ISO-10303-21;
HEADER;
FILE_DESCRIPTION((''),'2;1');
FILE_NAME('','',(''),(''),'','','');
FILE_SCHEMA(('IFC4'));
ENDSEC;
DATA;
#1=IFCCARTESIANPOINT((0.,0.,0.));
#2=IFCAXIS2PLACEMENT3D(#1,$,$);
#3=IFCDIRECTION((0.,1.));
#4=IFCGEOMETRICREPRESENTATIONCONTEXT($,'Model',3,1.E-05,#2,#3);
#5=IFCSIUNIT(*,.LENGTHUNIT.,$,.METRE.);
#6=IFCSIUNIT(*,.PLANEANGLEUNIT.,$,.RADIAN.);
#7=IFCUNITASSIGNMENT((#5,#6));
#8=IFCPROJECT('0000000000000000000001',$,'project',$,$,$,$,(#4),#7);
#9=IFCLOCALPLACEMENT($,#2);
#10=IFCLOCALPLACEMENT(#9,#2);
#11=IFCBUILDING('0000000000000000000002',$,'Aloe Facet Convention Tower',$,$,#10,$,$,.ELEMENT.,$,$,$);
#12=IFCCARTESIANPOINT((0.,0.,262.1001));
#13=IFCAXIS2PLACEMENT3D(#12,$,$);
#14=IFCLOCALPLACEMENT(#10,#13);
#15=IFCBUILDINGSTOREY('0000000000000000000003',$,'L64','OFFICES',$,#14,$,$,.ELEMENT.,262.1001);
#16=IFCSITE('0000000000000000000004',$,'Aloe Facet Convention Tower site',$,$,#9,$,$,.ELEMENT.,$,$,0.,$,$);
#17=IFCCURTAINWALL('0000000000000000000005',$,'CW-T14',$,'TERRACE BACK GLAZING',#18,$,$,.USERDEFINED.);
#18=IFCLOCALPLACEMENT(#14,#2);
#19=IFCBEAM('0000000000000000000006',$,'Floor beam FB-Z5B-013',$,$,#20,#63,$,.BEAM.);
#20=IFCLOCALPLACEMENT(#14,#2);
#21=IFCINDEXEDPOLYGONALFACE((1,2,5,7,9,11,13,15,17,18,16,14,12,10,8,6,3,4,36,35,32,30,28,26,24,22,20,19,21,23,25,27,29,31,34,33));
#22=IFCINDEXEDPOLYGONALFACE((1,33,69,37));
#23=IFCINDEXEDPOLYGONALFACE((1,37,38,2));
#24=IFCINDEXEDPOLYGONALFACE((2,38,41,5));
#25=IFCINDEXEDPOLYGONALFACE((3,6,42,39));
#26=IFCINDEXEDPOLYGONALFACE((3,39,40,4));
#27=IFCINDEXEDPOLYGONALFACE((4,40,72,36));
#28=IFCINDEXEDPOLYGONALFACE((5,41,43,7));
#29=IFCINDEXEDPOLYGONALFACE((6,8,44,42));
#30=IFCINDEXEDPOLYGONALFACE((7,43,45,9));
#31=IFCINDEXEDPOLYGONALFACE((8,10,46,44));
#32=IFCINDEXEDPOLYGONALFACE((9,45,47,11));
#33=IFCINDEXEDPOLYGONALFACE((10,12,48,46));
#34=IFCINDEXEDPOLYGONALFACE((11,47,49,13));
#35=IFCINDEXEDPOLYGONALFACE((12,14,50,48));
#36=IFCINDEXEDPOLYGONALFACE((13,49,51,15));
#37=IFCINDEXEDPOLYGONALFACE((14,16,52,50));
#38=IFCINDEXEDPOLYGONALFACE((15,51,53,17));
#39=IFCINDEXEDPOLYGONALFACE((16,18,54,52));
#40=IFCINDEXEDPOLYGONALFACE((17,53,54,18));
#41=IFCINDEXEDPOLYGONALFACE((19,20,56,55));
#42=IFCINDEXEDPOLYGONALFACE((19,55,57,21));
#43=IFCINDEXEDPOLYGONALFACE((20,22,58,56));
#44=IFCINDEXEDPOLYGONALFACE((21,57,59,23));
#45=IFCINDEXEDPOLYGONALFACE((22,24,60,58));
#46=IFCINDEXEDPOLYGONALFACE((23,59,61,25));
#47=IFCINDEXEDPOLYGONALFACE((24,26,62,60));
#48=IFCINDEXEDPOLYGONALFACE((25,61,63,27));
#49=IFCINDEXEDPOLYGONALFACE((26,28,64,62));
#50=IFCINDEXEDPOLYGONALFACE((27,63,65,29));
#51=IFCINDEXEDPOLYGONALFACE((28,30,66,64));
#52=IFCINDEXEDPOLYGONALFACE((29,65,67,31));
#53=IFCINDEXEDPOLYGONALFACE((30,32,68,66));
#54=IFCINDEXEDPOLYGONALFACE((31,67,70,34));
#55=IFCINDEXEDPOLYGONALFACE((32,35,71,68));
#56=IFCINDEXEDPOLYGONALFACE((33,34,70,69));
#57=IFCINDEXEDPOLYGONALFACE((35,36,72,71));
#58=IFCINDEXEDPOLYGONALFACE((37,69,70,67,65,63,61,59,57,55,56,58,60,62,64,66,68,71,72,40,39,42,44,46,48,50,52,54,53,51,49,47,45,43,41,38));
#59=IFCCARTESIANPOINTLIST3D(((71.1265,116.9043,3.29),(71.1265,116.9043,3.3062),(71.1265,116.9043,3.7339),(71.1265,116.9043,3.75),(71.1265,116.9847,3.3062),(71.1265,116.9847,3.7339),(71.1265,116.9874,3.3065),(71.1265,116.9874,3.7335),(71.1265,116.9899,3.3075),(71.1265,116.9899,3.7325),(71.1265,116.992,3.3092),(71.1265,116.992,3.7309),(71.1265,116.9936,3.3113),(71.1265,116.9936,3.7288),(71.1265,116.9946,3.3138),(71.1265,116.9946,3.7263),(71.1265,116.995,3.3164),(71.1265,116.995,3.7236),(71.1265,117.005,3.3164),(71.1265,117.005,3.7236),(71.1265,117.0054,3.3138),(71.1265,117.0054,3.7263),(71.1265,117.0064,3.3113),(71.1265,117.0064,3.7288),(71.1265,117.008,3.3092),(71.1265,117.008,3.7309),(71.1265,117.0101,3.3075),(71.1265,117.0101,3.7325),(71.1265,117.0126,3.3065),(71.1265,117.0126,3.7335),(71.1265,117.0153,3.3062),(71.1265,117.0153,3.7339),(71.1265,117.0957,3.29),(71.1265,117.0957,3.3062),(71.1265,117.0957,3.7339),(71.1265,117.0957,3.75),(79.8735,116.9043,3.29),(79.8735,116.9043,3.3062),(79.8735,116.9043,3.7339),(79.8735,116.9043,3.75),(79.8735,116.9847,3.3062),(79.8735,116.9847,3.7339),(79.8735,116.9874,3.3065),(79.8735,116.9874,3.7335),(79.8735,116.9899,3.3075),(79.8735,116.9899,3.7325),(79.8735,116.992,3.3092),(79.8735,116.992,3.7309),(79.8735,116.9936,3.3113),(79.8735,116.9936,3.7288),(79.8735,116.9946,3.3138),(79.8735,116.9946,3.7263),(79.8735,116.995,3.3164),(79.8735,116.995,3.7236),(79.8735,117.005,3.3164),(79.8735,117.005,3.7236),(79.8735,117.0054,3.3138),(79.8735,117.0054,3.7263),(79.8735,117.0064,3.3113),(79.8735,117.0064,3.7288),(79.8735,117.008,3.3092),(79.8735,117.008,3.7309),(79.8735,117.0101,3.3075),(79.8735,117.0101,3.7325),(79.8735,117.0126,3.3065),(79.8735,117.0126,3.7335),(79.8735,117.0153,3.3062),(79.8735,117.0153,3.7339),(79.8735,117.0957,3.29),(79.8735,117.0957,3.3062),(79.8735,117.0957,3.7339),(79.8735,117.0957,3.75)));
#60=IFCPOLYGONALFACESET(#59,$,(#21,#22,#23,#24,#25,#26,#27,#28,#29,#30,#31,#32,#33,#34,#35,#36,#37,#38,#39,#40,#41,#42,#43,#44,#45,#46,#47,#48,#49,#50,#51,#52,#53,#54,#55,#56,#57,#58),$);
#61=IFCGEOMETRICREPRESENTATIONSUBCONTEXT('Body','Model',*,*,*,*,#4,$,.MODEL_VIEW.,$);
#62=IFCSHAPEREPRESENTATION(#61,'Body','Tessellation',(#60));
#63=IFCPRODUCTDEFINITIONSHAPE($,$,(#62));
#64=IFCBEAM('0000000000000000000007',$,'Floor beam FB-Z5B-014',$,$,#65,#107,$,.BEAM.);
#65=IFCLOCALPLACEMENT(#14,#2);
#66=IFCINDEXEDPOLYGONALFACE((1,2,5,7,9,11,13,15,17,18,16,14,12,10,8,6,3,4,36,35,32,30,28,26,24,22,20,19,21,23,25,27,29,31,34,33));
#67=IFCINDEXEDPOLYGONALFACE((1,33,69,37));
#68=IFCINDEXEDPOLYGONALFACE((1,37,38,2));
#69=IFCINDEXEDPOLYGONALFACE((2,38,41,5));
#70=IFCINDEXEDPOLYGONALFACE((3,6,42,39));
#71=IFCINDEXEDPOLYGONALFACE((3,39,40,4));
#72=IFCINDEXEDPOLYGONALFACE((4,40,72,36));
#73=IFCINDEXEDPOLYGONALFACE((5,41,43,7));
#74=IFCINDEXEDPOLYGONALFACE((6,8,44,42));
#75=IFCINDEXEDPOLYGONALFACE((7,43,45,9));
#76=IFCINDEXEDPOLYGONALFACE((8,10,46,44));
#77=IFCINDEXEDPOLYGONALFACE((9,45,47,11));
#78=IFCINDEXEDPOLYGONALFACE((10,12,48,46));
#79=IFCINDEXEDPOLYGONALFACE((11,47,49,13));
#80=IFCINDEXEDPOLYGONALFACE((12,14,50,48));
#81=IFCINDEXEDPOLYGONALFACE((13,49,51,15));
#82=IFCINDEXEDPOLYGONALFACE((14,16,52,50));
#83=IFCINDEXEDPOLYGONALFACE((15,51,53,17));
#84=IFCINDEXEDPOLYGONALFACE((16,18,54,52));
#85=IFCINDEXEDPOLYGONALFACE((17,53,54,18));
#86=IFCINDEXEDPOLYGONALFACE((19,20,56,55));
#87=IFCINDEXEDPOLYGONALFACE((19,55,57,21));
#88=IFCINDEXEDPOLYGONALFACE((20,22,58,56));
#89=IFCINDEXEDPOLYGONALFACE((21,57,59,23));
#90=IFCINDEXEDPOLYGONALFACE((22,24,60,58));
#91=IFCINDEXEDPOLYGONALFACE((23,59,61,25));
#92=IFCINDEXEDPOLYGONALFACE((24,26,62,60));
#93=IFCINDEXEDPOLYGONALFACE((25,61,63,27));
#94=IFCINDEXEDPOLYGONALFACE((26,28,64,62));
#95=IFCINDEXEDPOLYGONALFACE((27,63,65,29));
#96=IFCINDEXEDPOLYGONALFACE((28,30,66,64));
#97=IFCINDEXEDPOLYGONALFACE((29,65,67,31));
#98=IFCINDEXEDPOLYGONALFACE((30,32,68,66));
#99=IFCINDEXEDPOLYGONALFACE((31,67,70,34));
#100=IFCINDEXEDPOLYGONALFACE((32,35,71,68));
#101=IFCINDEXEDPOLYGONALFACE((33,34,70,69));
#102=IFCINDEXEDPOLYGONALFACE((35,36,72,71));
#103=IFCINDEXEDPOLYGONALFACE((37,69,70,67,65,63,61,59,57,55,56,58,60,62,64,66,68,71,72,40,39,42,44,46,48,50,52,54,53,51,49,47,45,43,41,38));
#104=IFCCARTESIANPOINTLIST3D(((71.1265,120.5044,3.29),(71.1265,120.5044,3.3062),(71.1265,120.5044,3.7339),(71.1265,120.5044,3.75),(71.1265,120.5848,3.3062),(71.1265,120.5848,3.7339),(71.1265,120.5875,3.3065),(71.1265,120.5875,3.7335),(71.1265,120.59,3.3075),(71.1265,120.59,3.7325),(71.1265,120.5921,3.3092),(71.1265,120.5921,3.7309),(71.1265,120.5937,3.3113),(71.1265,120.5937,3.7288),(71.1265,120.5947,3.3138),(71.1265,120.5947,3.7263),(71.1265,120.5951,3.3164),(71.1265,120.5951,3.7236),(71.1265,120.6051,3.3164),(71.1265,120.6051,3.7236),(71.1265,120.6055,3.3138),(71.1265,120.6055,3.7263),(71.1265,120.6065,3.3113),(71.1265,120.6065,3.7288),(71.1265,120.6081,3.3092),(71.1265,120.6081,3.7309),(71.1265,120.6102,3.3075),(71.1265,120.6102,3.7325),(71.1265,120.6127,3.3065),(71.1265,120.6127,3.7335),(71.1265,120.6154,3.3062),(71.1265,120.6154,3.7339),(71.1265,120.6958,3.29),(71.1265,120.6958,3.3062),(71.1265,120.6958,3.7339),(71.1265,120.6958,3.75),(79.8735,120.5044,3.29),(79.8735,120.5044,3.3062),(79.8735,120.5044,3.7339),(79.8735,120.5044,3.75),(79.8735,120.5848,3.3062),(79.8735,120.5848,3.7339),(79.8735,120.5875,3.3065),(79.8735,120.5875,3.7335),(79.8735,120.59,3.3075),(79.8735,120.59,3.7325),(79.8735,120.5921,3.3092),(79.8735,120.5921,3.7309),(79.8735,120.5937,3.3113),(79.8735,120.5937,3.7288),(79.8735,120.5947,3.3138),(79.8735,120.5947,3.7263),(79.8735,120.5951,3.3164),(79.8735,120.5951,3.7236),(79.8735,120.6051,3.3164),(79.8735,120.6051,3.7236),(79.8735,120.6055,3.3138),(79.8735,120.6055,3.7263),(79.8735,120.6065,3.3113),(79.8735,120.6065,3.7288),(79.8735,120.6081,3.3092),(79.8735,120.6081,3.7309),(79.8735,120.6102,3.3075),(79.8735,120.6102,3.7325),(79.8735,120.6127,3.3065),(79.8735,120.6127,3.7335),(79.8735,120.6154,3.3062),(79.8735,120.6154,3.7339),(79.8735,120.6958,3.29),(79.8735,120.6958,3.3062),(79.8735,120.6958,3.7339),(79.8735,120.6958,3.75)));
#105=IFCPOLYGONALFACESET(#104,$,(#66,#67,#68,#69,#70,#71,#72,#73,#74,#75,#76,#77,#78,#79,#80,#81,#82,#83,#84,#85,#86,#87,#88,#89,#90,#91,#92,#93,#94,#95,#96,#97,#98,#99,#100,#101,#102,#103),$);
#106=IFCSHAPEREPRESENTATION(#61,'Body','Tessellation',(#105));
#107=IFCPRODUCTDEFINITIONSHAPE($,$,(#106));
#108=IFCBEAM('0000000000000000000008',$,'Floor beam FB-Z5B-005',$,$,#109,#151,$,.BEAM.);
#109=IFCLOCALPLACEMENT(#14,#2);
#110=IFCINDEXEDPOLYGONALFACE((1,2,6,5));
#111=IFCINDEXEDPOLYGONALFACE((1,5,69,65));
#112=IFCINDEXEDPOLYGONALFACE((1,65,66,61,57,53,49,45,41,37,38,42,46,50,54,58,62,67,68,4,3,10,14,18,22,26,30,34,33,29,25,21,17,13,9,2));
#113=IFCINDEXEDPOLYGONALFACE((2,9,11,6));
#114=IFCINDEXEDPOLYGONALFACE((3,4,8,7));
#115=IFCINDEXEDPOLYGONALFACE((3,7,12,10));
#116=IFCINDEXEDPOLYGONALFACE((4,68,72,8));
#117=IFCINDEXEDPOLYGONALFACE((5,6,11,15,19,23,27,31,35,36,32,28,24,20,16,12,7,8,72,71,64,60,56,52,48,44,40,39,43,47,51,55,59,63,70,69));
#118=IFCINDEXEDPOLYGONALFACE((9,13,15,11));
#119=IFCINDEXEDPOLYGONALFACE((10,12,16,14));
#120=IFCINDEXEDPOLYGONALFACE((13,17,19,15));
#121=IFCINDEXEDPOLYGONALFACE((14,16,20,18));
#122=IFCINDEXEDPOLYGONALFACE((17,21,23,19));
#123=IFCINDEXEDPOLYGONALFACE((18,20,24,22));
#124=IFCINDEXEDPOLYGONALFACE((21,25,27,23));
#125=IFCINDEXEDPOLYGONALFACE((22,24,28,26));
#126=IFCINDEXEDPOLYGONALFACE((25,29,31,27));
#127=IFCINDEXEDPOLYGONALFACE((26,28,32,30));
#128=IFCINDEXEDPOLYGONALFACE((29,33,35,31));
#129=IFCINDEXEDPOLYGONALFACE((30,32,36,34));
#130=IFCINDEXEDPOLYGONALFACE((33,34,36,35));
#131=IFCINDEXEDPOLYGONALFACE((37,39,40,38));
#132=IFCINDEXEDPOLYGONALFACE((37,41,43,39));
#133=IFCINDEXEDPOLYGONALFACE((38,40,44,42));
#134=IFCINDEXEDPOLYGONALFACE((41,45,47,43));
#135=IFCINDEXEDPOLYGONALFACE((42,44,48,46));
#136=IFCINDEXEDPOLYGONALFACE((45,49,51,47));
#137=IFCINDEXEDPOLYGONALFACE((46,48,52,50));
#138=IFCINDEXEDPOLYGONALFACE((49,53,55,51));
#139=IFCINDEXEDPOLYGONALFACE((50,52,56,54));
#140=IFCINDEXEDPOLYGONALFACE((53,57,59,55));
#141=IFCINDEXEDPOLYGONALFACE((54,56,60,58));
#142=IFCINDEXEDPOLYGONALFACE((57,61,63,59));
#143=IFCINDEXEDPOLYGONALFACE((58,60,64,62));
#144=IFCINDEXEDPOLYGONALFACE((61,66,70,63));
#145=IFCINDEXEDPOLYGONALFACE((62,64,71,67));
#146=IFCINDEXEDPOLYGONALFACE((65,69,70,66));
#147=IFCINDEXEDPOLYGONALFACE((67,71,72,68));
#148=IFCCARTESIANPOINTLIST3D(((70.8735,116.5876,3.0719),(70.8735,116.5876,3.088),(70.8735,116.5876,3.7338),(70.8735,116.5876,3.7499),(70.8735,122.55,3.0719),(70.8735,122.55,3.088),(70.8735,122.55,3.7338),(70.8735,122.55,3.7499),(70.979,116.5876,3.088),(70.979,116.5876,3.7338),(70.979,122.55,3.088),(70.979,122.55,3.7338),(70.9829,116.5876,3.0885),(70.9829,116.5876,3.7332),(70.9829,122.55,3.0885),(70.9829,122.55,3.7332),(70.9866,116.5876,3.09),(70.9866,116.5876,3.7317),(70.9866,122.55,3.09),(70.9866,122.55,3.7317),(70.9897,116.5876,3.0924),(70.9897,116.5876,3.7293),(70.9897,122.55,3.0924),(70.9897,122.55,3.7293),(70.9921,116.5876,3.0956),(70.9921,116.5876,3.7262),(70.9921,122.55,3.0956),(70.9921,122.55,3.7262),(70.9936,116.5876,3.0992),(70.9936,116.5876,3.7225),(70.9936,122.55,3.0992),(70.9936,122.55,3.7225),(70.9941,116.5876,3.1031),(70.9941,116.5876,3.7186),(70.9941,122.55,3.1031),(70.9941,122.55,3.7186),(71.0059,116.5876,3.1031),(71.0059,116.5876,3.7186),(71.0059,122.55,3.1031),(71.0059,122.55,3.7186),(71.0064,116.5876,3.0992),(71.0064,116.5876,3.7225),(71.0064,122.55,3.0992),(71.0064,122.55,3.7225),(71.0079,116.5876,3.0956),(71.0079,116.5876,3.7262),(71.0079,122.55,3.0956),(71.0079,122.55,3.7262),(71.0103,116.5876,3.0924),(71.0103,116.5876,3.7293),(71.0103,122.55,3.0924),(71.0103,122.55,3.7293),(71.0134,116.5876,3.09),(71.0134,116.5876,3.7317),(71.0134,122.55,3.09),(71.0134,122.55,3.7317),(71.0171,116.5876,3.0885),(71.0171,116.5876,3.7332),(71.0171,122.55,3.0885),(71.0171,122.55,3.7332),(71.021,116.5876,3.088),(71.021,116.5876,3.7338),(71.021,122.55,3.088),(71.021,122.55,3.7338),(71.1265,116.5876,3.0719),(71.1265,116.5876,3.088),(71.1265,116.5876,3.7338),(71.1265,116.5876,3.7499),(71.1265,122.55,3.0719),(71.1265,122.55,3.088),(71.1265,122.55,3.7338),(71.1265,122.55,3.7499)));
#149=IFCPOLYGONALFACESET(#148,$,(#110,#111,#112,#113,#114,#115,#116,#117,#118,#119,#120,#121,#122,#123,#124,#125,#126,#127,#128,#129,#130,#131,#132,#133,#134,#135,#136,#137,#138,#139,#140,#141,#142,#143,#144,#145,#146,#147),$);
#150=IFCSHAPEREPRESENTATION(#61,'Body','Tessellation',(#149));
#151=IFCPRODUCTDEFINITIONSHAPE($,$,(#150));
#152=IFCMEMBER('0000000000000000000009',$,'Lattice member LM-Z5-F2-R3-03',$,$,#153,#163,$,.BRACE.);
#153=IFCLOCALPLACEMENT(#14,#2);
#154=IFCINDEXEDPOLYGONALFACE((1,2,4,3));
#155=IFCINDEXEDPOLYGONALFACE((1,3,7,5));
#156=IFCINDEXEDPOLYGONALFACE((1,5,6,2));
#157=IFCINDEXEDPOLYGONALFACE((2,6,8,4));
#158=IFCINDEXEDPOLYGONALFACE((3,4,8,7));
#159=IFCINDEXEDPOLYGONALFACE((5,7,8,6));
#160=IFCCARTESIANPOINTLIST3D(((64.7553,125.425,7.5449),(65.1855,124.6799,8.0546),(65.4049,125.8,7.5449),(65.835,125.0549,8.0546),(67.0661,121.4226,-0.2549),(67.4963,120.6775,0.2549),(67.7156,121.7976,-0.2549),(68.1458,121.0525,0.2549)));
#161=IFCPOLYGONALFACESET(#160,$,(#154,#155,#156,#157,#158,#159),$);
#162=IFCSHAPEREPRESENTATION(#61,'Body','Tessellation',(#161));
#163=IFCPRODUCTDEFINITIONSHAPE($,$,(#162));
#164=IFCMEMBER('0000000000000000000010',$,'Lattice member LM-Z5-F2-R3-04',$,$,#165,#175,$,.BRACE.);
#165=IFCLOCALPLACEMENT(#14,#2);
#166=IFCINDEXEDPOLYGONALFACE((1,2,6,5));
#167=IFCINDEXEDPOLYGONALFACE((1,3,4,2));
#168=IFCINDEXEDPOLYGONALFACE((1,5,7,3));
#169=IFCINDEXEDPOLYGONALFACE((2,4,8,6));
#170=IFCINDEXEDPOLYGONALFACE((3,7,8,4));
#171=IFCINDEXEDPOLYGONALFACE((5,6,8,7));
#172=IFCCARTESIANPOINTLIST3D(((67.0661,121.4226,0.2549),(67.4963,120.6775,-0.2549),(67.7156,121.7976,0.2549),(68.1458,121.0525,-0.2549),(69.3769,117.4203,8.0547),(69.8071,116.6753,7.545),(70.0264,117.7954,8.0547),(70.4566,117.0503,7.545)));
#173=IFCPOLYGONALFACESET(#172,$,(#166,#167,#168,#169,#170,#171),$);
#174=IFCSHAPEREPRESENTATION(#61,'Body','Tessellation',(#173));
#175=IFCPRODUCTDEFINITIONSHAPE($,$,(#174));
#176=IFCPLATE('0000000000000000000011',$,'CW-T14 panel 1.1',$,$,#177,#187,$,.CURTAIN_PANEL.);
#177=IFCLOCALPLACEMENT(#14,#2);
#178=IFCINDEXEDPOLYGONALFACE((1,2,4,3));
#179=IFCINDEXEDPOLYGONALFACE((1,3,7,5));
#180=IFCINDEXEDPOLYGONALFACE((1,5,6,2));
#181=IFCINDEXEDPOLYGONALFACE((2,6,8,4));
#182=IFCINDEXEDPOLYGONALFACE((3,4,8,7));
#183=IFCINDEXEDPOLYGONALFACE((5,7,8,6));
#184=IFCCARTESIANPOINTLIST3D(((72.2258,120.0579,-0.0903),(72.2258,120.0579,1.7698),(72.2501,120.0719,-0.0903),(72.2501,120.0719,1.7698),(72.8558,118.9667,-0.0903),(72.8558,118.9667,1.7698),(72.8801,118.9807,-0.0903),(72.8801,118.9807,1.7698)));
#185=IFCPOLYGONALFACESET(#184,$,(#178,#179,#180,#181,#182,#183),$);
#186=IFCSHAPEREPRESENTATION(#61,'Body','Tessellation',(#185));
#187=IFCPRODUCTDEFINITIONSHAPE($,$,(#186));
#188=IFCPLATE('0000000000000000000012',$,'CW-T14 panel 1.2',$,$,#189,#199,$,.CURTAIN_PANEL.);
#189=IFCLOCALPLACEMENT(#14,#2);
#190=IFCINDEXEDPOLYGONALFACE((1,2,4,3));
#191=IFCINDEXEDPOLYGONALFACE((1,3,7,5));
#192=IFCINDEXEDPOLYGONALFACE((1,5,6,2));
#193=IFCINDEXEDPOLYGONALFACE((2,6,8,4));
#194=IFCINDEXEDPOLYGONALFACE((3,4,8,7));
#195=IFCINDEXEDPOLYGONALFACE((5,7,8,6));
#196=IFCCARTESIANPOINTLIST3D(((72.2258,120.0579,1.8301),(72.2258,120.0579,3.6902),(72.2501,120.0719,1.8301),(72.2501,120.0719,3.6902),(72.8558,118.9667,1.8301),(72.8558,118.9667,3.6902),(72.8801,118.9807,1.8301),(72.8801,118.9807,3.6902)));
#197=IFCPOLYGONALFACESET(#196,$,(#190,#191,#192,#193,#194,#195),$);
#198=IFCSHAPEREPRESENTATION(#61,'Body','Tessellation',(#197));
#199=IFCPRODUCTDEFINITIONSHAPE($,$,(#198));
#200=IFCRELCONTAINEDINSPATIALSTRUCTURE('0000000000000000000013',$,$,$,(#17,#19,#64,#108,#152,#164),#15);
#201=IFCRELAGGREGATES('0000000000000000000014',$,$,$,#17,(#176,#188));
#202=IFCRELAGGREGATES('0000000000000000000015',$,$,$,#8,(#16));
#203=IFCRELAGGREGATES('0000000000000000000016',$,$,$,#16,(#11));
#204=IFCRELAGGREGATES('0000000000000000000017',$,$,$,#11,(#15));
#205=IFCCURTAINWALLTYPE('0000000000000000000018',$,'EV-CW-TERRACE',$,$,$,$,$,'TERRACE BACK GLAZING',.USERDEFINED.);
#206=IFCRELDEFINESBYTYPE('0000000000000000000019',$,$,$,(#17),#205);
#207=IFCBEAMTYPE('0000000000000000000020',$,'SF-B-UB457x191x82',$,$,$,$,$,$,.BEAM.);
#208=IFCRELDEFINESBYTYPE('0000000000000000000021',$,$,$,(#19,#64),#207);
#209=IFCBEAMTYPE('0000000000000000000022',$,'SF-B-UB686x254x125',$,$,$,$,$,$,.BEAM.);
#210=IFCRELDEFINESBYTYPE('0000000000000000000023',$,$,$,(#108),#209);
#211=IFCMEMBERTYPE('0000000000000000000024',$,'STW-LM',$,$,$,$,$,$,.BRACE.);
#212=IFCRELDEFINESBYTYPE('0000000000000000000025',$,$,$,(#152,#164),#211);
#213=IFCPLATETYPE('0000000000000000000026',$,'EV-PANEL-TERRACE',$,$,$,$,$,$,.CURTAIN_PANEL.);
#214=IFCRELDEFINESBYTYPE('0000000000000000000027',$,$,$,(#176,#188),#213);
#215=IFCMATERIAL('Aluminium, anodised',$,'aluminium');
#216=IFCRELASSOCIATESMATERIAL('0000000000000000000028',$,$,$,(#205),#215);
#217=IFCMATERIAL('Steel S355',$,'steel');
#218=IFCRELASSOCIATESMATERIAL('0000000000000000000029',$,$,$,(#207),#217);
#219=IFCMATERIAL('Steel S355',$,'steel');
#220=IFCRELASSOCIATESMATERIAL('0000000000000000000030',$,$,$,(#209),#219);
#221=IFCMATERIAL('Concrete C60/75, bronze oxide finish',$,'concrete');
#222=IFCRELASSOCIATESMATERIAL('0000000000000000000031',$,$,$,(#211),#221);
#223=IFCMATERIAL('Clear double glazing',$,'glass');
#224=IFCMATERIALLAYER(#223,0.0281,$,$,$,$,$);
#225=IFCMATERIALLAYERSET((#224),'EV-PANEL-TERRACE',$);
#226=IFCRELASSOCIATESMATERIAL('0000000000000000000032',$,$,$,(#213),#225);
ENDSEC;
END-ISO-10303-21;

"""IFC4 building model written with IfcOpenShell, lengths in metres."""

from ifc_helpers import new_model, si_unit, direction, frame, origin, origin_2d, place, context, subcontext, project, spatial, rectangle, i_section, extrude, material, layer, layer_set, material_profile, profile_set, type_object, element, aggregate, save


model = new_model("IFC4")

# Units and contexts
model_context = context("Model", 3, precision=1e-05, world=origin(), true_north=direction((0.0, 1.0)))
body_context = subcontext(model_context, "Body", "Model", "MODEL_VIEW")
ifc_project = project(units=[si_unit("LENGTHUNIT", "METRE"), si_unit("PLANEANGLEUNIT", "RADIAN")], contexts=[model_context])

# Site, building, storey
site_placement = place(None, origin())
site = spatial("IfcSite", under=ifc_project, at=site_placement, Name="Aloe Facet Convention Tower site", CompositionType="ELEMENT", RefElevation=0.0)
building_placement = place(site_placement, origin())
building = spatial("IfcBuilding", under=site, at=building_placement, Name="Aloe Facet Convention Tower", CompositionType="ELEMENT")
storey_placement = place(building_placement, frame((0.0, 0.0, 262.1001)))
storey = spatial("IfcBuildingStorey", under=building, at=storey_placement, Name="L64", Description="OFFICES", CompositionType="ELEMENT", Elevation=262.1001)

# Curtain wall
ifc_material_1 = material(Name="Aluminium, anodised", Category="aluminium")
curtain_wall_type = type_object("IfcCurtainWallType", Name="EV-CW-TERRACE", ElementType="TERRACE BACK GLAZING", PredefinedType="USERDEFINED", material=ifc_material_1)
curtain_wall_placement = place(storey_placement, origin())
curtain_wall = element("IfcCurtainWall", 1, at=curtain_wall_placement, inside=storey, type_object=curtain_wall_type, Name="CW-T14", ObjectType="TERRACE BACK GLAZING", PredefinedType="USERDEFINED")

# Beams
ifc_material_2 = material(Name="Steel S355", Category="steel")
ifc_material_profile_1 = material_profile(ifc_material_2, i_section(OverallWidth=0.1914, OverallDepth=0.46, WebThickness=0.01, FlangeThickness=0.0161, FilletRadius=0.0103, at=origin_2d()), Name="UB 457x191x82")
ifc_profile_set_1 = profile_set([ifc_material_profile_1], Name="Steel S355")
beam_type_1 = type_object("IfcBeamType", Name="SF-B-UB457x191x82", PredefinedType="BEAM", material=ifc_profile_set_1)
for number, where, z_axis, x_axis, name in (
    (2, (71.1265, 117.0, 3.52), (1.0, 0.0, 0.0), (0.0, 1.0, 0.0), "Floor beam FB-Z5B-013"),
    (3, (71.1265, 120.6001, 3.52), (1.0, 0.0, 0.0), (0.0, 1.0, 0.0), "Floor beam FB-Z5B-014"),
):
    element("IfcBeam", number, at=place(storey_placement, frame(where, z_axis=z_axis, x_axis=x_axis)), inside=storey, type_object=beam_type_1, Name=name, PredefinedType="BEAM", context=body_context, shape_type="SweptSolid", body=[
        extrude(i_section(OverallWidth=0.1914, OverallDepth=0.46, WebThickness=0.01, FlangeThickness=0.0161, FilletRadius=0.0103, at=origin_2d()), origin(), (0.0, 0.0, 1.0), 8.7471),
    ])
ifc_material_3 = material(Name="Steel S355", Category="steel")
ifc_material_profile_2 = material_profile(ifc_material_3, i_section(OverallWidth=0.2529, OverallDepth=0.678, WebThickness=0.0117, FlangeThickness=0.0161, FilletRadius=0.0151, at=origin_2d()), Name="UB 686x254x125")
ifc_profile_set_2 = profile_set([ifc_material_profile_2], Name="Steel S355")
beam_type_2 = type_object("IfcBeamType", Name="SF-B-UB686x254x125", PredefinedType="BEAM", material=ifc_profile_set_2)
beam_1_placement = place(storey_placement, frame((71.0, 122.55, 3.4109), z_axis=(0.0, -1.0, 0.0), x_axis=(1.0, 0.0, 0.0)))
element("IfcBeam", 4, at=beam_1_placement, inside=storey, type_object=beam_type_2, Name="Floor beam FB-Z5B-005", PredefinedType="BEAM", context=body_context, shape_type="SweptSolid", body=[
    extrude(i_section(OverallWidth=0.2529, OverallDepth=0.678, WebThickness=0.0117, FlangeThickness=0.0161, FilletRadius=0.0151, at=origin_2d()), origin(), (0.0, 0.0, 1.0), 5.9624),
])

# Members
ifc_material_4 = material(Name="Concrete C60/75, bronze oxide finish", Category="concrete")
ifc_material_profile_3 = material_profile(ifc_material_4, rectangle(XDim=0.75, YDim=1.0, at=origin_2d()), Name="STW-LM")
ifc_profile_set_3 = profile_set([ifc_material_profile_3], Name="Concrete C60/75, bronze oxide finish")
member_type_1 = type_object("IfcMemberType", Name="STW-LM", PredefinedType="BRACE", material=ifc_profile_set_3)
for number, where, z_axis, x_axis, name in (
    (5, (67.606, 121.2375, 0.0), (-0.254879, 0.441468, 0.860315), (-0.866027, -0.499997, 0.0), "Lattice member LM-Z5-F2-R3-03"),
    (6, (67.606, 121.2375, 0.0), (0.254882, -0.441446, 0.860326), (0.866014, 0.50002, 0.0), "Lattice member LM-Z5-F2-R3-04"),
):
    element("IfcMember", number, at=place(storey_placement, frame(where, z_axis=z_axis, x_axis=x_axis)), inside=storey, type_object=member_type_1, Name=name, PredefinedType="BRACE", context=body_context, shape_type="SweptSolid", body=[
        extrude(rectangle(XDim=0.75, YDim=1.0, at=origin_2d()), origin(), (0.0, 0.0, 1.0), 9.0662),
    ])

# Plates
ifc_material_5 = material(Name="Clear double glazing", Category="glass")
ifc_layer_1 = layer(ifc_material_5, 0.0281)
ifc_layer_set_1 = layer_set([ifc_layer_1], Name="EV-PANEL-TERRACE")
plate_type = type_object("IfcPlateType", Name="EV-PANEL-TERRACE", PredefinedType="CURTAIN_PANEL", material=ifc_layer_set_1)
plate_1_placement = place(storey_placement, frame((72.553, 119.5193, -0.0903), z_axis=(0.0, 0.0, 1.0), x_axis=(0.5, -0.866025, 0.0)))
plate_1 = element("IfcPlate", 7, at=plate_1_placement, type_object=plate_type, Name="CW-T14 panel 1.1", PredefinedType="CURTAIN_PANEL", context=body_context, shape_type="SweptSolid", body=[
    extrude(rectangle(XDim=1.26, YDim=0.0281, at=origin_2d()), origin(), (0.0, 0.0, 1.0), 1.8601),
])
plate_2_placement = place(storey_placement, frame((72.553, 119.5193, 1.8301), z_axis=(0.0, 0.0, 1.0), x_axis=(0.5, -0.866025, 0.0)))
plate_2 = element("IfcPlate", 8, at=plate_2_placement, type_object=plate_type, Name="CW-T14 panel 1.2", PredefinedType="CURTAIN_PANEL", context=body_context, shape_type="SweptSolid", body=[
    extrude(rectangle(XDim=1.26, YDim=0.0281, at=origin_2d()), origin(), (0.0, 0.0, 1.0), 1.8601),
])
aggregate(curtain_wall, [plate_1, plate_2])

save(model, "model.ifc")
